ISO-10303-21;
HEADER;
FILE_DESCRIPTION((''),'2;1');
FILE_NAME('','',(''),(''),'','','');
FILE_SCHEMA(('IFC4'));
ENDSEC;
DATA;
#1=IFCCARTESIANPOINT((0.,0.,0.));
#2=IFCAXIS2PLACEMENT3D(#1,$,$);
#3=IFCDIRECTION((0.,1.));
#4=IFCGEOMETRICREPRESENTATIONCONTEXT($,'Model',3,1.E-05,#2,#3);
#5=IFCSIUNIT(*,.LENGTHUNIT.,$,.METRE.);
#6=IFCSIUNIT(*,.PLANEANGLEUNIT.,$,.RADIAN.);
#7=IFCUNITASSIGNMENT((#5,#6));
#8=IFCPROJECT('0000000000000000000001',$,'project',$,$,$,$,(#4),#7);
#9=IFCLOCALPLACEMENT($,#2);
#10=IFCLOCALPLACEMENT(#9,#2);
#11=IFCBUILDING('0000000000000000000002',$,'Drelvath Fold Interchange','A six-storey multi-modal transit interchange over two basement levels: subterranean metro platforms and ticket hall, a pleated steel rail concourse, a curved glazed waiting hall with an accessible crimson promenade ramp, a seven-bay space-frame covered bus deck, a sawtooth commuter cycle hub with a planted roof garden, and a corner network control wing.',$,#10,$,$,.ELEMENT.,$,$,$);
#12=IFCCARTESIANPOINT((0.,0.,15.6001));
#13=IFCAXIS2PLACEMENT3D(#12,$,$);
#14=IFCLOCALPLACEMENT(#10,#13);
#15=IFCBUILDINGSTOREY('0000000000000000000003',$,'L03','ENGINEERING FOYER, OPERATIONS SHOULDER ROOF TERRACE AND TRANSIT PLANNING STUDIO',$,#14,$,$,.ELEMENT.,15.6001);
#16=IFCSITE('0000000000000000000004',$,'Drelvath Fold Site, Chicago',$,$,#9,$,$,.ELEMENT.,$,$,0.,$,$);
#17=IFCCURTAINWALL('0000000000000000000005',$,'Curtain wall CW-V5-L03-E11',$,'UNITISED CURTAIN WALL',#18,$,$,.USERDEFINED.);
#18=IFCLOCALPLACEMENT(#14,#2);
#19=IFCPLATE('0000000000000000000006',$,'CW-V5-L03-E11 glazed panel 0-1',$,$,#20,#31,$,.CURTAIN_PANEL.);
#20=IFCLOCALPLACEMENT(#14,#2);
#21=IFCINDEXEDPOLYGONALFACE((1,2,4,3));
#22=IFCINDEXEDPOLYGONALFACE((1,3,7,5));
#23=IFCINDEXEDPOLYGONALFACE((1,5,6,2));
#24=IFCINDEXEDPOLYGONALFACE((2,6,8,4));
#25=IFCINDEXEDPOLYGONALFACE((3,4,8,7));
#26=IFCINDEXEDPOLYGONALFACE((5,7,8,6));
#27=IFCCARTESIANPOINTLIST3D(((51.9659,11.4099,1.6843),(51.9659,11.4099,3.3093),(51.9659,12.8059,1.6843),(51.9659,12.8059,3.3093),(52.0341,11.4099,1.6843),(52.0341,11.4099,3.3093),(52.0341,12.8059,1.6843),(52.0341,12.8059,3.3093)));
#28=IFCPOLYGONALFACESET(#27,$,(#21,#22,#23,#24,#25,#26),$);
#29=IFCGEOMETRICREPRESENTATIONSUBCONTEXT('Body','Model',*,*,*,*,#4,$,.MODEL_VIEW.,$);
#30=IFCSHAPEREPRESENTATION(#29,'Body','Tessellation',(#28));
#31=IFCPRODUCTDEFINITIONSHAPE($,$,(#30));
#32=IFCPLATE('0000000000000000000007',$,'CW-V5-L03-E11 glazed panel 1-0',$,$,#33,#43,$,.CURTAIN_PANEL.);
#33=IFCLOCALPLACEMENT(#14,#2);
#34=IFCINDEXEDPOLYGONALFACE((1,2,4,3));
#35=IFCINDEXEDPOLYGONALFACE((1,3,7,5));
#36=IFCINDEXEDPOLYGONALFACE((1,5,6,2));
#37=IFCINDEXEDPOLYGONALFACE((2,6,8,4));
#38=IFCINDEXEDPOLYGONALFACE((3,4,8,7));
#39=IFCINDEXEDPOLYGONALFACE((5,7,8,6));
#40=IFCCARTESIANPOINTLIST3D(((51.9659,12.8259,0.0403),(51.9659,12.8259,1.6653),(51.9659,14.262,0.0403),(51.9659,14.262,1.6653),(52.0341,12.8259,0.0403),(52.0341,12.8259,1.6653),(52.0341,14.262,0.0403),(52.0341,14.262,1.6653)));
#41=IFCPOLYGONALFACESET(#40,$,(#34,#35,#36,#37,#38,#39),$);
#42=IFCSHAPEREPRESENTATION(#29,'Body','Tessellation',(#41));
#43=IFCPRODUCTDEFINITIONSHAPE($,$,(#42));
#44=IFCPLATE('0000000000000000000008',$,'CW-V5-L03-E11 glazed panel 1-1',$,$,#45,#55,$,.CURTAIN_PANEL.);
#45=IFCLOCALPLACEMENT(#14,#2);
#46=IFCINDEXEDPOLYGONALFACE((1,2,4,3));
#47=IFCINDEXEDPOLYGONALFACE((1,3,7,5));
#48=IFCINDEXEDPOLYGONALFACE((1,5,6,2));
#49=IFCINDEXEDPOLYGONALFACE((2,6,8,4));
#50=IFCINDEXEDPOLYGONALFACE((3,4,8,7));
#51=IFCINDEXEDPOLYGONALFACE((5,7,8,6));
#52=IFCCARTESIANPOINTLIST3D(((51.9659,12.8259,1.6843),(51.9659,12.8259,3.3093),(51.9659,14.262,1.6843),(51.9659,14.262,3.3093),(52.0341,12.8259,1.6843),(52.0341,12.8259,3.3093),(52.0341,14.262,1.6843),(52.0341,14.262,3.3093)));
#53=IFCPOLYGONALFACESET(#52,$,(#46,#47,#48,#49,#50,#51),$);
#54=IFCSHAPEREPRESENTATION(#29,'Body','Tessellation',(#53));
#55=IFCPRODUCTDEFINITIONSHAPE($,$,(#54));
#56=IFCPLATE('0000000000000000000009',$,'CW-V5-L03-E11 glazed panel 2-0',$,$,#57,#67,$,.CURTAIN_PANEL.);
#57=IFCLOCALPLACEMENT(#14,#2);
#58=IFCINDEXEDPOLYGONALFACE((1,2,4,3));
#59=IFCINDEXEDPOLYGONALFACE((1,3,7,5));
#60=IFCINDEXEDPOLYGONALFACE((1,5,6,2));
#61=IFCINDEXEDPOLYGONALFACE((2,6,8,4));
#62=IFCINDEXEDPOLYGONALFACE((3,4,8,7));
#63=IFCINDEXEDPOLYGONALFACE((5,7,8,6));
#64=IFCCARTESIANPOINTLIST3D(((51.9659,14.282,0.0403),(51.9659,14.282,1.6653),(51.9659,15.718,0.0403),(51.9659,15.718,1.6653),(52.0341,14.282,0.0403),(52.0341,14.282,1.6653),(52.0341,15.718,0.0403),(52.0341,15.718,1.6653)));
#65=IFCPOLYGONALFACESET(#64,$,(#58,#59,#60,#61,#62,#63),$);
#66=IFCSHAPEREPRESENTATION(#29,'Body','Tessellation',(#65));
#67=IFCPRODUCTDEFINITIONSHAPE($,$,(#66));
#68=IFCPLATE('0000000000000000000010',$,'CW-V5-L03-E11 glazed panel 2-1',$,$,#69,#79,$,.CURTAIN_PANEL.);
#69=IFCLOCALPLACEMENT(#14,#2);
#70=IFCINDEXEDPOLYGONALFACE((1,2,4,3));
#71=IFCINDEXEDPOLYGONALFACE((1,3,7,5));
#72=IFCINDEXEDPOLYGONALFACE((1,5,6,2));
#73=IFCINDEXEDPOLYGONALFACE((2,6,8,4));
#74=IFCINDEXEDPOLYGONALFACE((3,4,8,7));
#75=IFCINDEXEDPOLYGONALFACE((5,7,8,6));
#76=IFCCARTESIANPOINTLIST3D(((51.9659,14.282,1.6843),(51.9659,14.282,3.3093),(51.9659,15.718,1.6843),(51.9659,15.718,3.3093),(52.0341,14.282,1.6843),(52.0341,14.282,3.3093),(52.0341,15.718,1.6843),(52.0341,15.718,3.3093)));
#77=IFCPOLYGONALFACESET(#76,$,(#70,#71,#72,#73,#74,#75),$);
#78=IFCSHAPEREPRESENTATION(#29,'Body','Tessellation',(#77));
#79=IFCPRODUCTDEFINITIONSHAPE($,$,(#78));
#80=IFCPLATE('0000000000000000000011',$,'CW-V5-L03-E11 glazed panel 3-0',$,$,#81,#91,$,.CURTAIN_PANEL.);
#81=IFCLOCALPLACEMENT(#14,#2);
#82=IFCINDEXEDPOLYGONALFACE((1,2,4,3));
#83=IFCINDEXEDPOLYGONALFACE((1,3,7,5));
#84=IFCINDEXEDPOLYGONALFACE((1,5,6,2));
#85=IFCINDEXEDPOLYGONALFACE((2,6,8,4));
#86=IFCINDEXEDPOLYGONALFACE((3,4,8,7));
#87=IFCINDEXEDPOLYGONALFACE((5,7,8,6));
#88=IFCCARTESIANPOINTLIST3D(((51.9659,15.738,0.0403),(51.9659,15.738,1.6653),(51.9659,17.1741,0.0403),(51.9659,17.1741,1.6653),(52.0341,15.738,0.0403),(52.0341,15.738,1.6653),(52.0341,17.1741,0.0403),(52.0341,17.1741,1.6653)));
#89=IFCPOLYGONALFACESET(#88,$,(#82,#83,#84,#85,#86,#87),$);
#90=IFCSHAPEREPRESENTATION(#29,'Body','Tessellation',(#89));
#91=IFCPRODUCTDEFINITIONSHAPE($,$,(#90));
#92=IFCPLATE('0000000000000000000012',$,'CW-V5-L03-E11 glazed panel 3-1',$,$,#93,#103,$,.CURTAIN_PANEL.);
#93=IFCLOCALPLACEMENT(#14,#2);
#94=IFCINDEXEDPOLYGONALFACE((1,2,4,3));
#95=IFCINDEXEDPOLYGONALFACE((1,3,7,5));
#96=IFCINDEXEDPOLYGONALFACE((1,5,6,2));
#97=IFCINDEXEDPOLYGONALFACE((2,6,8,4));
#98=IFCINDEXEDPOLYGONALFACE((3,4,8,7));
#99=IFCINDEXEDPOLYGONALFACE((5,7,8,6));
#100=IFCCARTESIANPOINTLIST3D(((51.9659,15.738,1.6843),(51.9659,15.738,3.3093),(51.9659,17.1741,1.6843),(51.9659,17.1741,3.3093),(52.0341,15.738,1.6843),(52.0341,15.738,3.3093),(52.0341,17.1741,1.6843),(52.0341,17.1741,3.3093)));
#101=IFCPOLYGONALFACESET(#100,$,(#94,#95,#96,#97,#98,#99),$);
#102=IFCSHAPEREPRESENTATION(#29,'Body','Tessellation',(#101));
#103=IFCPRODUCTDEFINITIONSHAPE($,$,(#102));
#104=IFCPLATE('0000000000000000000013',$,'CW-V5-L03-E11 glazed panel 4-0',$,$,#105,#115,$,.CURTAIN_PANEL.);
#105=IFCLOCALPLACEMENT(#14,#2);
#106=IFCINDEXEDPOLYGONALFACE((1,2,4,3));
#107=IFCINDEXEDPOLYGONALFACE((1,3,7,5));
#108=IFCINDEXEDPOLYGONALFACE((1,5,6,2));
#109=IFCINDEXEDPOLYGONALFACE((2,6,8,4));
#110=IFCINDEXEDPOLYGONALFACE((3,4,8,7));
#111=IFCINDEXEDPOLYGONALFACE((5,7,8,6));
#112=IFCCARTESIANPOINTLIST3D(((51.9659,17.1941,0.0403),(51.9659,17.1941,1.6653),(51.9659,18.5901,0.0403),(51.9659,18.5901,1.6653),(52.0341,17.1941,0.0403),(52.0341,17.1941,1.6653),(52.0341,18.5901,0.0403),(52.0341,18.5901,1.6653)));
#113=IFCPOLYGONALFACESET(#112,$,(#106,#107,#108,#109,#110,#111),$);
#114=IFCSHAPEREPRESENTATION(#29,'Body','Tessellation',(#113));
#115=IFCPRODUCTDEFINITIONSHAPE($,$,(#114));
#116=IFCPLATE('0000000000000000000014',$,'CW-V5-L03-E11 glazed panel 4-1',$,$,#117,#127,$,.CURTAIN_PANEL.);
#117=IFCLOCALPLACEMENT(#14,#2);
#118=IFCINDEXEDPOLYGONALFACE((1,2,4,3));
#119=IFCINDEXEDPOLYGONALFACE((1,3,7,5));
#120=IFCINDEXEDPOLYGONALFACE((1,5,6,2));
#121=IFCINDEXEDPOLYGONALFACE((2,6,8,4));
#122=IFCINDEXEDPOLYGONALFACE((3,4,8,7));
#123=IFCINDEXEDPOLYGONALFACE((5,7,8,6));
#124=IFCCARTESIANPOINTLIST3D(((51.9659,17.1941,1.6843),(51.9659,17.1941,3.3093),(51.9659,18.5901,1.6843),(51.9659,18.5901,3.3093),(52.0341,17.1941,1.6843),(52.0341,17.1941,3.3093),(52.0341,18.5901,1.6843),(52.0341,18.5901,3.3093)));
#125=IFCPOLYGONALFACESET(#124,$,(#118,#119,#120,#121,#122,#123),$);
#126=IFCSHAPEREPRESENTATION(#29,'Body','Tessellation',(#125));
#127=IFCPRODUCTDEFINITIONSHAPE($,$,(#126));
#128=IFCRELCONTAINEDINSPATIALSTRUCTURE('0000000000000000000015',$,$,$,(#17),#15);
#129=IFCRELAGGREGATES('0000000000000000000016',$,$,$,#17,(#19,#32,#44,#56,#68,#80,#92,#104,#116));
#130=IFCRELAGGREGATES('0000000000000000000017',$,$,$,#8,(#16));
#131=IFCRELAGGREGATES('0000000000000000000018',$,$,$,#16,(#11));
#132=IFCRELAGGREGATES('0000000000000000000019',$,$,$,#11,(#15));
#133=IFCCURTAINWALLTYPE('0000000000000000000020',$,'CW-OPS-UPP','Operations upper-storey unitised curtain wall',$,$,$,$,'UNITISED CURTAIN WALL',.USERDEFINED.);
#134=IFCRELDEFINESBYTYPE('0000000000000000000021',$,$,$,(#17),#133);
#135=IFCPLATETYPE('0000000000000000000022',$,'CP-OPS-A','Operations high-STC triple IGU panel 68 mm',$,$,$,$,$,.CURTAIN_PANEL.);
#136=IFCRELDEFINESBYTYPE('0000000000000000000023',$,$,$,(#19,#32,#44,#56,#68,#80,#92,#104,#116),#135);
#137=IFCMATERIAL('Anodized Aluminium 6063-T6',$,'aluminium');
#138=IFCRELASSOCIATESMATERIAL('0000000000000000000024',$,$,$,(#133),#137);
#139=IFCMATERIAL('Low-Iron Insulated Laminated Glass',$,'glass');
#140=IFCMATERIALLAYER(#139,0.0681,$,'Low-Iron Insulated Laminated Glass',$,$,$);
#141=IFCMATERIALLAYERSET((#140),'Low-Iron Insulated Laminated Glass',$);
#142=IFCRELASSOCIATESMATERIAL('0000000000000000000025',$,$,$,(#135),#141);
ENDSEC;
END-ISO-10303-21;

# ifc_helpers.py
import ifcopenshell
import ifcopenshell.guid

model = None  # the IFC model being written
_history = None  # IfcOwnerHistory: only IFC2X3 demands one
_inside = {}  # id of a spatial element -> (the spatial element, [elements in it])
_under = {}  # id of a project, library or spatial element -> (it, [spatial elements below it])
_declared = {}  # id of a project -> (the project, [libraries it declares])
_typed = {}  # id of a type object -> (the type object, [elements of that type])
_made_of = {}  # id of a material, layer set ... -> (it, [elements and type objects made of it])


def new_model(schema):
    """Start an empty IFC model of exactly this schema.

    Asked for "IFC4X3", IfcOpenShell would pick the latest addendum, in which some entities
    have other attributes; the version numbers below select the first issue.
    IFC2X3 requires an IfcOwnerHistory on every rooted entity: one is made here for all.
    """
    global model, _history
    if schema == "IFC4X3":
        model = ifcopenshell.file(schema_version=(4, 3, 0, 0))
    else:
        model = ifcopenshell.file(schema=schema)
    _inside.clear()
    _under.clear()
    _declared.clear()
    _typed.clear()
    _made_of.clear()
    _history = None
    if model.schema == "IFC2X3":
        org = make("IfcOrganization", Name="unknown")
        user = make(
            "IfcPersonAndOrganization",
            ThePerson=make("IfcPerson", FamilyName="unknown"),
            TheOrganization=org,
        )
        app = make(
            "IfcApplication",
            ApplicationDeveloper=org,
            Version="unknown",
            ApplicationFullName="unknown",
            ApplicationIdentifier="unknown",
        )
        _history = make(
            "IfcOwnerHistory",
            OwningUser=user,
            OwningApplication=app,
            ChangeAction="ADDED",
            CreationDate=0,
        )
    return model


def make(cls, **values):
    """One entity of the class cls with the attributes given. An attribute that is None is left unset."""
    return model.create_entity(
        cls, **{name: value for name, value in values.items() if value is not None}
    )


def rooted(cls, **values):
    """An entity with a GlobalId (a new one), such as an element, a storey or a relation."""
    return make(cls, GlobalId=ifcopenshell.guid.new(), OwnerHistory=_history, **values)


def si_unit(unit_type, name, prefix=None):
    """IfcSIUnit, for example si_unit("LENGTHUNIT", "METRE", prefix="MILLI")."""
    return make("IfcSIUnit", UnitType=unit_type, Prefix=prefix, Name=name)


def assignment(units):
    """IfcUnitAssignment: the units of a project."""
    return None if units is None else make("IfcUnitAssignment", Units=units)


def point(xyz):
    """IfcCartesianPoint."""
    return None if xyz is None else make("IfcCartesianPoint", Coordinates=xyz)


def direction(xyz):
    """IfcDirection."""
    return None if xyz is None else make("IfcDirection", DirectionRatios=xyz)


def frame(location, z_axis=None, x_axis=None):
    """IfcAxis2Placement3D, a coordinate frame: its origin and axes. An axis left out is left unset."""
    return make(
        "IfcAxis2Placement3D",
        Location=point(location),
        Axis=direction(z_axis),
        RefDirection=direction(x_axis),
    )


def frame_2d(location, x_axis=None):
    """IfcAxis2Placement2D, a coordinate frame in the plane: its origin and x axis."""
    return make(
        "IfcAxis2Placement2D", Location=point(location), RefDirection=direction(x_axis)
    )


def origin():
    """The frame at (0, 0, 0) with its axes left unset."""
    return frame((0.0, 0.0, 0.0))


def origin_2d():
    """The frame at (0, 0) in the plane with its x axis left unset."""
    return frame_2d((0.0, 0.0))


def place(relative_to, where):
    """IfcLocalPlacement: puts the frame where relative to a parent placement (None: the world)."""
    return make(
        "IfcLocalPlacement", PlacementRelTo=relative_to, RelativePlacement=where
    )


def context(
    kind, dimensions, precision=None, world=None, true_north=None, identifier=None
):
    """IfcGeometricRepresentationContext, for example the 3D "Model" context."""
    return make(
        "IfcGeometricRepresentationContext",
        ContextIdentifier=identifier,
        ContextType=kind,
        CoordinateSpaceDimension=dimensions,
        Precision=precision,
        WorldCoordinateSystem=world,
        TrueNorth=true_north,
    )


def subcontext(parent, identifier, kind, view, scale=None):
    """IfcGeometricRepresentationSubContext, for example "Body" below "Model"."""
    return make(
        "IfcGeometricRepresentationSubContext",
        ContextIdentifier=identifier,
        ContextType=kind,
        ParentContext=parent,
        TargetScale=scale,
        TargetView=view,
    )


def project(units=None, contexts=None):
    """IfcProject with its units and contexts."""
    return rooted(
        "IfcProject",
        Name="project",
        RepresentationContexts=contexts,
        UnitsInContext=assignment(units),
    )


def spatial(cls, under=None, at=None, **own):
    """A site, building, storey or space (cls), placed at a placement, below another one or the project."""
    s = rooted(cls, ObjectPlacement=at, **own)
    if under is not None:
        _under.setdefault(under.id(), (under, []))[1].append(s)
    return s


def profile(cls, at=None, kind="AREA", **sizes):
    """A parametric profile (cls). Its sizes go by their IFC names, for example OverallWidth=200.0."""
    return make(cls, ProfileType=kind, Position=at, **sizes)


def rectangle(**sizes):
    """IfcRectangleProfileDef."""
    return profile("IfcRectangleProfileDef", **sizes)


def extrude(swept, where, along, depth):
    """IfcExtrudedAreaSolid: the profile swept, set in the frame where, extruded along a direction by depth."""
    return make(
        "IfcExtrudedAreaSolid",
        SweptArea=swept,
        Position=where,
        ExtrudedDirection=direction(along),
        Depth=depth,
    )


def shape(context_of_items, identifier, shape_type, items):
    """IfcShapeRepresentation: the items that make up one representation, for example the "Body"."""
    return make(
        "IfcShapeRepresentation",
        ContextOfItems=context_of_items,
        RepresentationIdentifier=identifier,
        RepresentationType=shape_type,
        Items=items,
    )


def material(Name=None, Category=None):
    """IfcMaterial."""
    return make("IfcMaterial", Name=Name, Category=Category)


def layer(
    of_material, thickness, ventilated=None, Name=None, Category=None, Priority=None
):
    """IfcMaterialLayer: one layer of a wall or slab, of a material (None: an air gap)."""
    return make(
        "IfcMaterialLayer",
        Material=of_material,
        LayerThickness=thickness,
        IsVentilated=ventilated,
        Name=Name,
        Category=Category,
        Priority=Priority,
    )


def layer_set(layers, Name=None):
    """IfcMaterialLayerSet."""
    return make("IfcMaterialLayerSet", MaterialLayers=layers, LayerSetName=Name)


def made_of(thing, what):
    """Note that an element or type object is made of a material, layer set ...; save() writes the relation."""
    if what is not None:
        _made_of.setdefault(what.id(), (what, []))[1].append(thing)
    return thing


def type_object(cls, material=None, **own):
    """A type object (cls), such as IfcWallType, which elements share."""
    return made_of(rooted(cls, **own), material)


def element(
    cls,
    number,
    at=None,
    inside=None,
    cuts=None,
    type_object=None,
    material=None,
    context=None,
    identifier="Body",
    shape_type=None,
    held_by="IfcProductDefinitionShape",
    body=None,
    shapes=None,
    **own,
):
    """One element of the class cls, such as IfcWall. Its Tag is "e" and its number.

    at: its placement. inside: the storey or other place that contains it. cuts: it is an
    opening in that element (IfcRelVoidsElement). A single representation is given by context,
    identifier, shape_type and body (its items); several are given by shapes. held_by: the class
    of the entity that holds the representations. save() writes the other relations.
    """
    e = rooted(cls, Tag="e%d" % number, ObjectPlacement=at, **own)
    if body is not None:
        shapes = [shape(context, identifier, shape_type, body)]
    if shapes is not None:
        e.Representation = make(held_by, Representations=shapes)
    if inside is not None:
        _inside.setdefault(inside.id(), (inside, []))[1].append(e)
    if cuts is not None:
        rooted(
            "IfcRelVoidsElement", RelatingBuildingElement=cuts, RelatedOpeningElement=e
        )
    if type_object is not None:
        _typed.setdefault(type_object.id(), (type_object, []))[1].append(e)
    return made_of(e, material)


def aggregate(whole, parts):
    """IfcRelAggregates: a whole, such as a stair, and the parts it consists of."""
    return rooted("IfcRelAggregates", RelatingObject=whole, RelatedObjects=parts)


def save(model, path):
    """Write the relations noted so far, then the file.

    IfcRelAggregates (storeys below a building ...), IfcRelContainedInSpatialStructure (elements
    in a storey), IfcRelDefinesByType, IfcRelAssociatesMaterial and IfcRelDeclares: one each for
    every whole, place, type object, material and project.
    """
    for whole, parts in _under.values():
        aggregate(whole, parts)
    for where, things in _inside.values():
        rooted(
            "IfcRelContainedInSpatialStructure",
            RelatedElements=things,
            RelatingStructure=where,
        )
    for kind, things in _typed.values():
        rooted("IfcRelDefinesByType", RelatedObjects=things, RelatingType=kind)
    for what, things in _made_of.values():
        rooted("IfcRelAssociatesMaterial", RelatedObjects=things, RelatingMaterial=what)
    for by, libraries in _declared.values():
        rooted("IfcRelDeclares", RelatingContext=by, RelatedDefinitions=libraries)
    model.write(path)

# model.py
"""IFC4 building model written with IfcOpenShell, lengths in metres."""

from ifc_helpers import new_model, si_unit, direction, frame, origin, origin_2d, place, context, subcontext, project, spatial, rectangle, extrude, material, layer, layer_set, type_object, element, aggregate, save


model = new_model("IFC4")

# Units and contexts
model_context = context("Model", 3, precision=1e-05, world=origin(), true_north=direction((0.0, 1.0)))
body_context = subcontext(model_context, "Body", "Model", "MODEL_VIEW")
ifc_project = project(units=[si_unit("LENGTHUNIT", "METRE"), si_unit("PLANEANGLEUNIT", "RADIAN")], contexts=[model_context])

# Site, building, storey
site_placement = place(None, origin())
site = spatial("IfcSite", under=ifc_project, at=site_placement, Name="Drelvath Fold Site, Chicago", CompositionType="ELEMENT", RefElevation=0.0)
building_placement = place(site_placement, origin())
building = spatial("IfcBuilding", under=site, at=building_placement, Name="Drelvath Fold Interchange", Description="A six-storey multi-modal transit interchange over two basement levels: subterranean metro platforms and ticket hall, a pleated steel rail concourse, a curved glazed waiting hall with an accessible crimson promenade ramp, a seven-bay space-frame covered bus deck, a sawtooth commuter cycle hub with a planted roof garden, and a corner network control wing.", CompositionType="ELEMENT")
storey_placement = place(building_placement, frame((0.0, 0.0, 15.6001)))
storey = spatial("IfcBuildingStorey", under=building, at=storey_placement, Name="L03", Description="ENGINEERING FOYER, OPERATIONS SHOULDER ROOF TERRACE AND TRANSIT PLANNING STUDIO", CompositionType="ELEMENT", Elevation=15.6001)

# Curtain wall
ifc_material_1 = material(Name="Anodized Aluminium 6063-T6", Category="aluminium")
curtain_wall_type = type_object("IfcCurtainWallType", Name="CW-OPS-UPP", Description="Operations upper-storey unitised curtain wall", ElementType="UNITISED CURTAIN WALL", PredefinedType="USERDEFINED", material=ifc_material_1)
curtain_wall_1_placement = place(storey_placement, origin())
curtain_wall_1 = element("IfcCurtainWall", 1, at=curtain_wall_1_placement, inside=storey, type_object=curtain_wall_type, Name="Curtain wall CW-V5-L03-E11", ObjectType="UNITISED CURTAIN WALL", PredefinedType="USERDEFINED")

# Plates
ifc_material_2 = material(Name="Low-Iron Insulated Laminated Glass", Category="glass")
ifc_layer = layer(ifc_material_2, 0.0681, Name="Low-Iron Insulated Laminated Glass")
ifc_layer_set = layer_set([ifc_layer], Name="Low-Iron Insulated Laminated Glass")
plate_type = type_object("IfcPlateType", Name="CP-OPS-A", Description="Operations high-STC triple IGU panel 68 mm", PredefinedType="CURTAIN_PANEL", material=ifc_layer_set)
plate_1_placement = place(storey_placement, frame((52.0, 12.1079, 1.6843), z_axis=(0.0, 0.0, 1.0), x_axis=(0.0, 1.0, 0.0)))
plate_1 = element("IfcPlate", 2, at=plate_1_placement, type_object=plate_type, Name="CW-V5-L03-E11 glazed panel 0-1", PredefinedType="CURTAIN_PANEL", context=body_context, shape_type="SweptSolid", body=[
    extrude(rectangle(XDim=1.396, YDim=0.0681, at=origin_2d()), origin(), (0.0, 0.0, 1.0), 1.625),
])
plate_2_placement = place(storey_placement, frame((52.0, 13.5439, 0.0403), z_axis=(0.0, 0.0, 1.0), x_axis=(0.0, 1.0, 0.0)))
plate_2 = element("IfcPlate", 3, at=plate_2_placement, type_object=plate_type, Name="CW-V5-L03-E11 glazed panel 1-0", PredefinedType="CURTAIN_PANEL", context=body_context, shape_type="SweptSolid", body=[
    extrude(rectangle(XDim=1.436, YDim=0.0681, at=origin_2d()), origin(), (0.0, 0.0, 1.0), 1.625),
])
plate_3_placement = place(storey_placement, frame((52.0, 13.5439, 1.6843), z_axis=(0.0, 0.0, 1.0), x_axis=(0.0, 1.0, 0.0)))
plate_3 = element("IfcPlate", 4, at=plate_3_placement, type_object=plate_type, Name="CW-V5-L03-E11 glazed panel 1-1", PredefinedType="CURTAIN_PANEL", context=body_context, shape_type="SweptSolid", body=[
    extrude(rectangle(XDim=1.436, YDim=0.0681, at=origin_2d()), origin(), (0.0, 0.0, 1.0), 1.625),
])
plate_4_placement = place(storey_placement, frame((52.0, 15.0, 0.0403), z_axis=(0.0, 0.0, 1.0), x_axis=(0.0, 1.0, 0.0)))
plate_4 = element("IfcPlate", 5, at=plate_4_placement, type_object=plate_type, Name="CW-V5-L03-E11 glazed panel 2-0", PredefinedType="CURTAIN_PANEL", context=body_context, shape_type="SweptSolid", body=[
    extrude(rectangle(XDim=1.436, YDim=0.0681, at=origin_2d()), origin(), (0.0, 0.0, 1.0), 1.625),
])
plate_5_placement = place(storey_placement, frame((52.0, 15.0, 1.6843), z_axis=(0.0, 0.0, 1.0), x_axis=(0.0, 1.0, 0.0)))
plate_5 = element("IfcPlate", 6, at=plate_5_placement, type_object=plate_type, Name="CW-V5-L03-E11 glazed panel 2-1", PredefinedType="CURTAIN_PANEL", context=body_context, shape_type="SweptSolid", body=[
    extrude(rectangle(XDim=1.436, YDim=0.0681, at=origin_2d()), origin(), (0.0, 0.0, 1.0), 1.625),
])
plate_6_placement = place(storey_placement, frame((52.0, 16.4561, 0.0403), z_axis=(0.0, 0.0, 1.0), x_axis=(0.0, 1.0, 0.0)))
plate_6 = element("IfcPlate", 7, at=plate_6_placement, type_object=plate_type, Name="CW-V5-L03-E11 glazed panel 3-0", PredefinedType="CURTAIN_PANEL", context=body_context, shape_type="SweptSolid", body=[
    extrude(rectangle(XDim=1.436, YDim=0.0681, at=origin_2d()), origin(), (0.0, 0.0, 1.0), 1.625),
])
plate_7_placement = place(storey_placement, frame((52.0, 16.4561, 1.6843), z_axis=(0.0, 0.0, 1.0), x_axis=(0.0, 1.0, 0.0)))
plate_7 = element("IfcPlate", 8, at=plate_7_placement, type_object=plate_type, Name="CW-V5-L03-E11 glazed panel 3-1", PredefinedType="CURTAIN_PANEL", context=body_context, shape_type="SweptSolid", body=[
    extrude(rectangle(XDim=1.436, YDim=0.0681, at=origin_2d()), origin(), (0.0, 0.0, 1.0), 1.625),
])
plate_8_placement = place(storey_placement, frame((52.0, 17.8921, 0.0403), z_axis=(0.0, 0.0, 1.0), x_axis=(0.0, 1.0, 0.0)))
plate_8 = element("IfcPlate", 9, at=plate_8_placement, type_object=plate_type, Name="CW-V5-L03-E11 glazed panel 4-0", PredefinedType="CURTAIN_PANEL", context=body_context, shape_type="SweptSolid", body=[
    extrude(rectangle(XDim=1.396, YDim=0.0681, at=origin_2d()), origin(), (0.0, 0.0, 1.0), 1.625),
])
plate_9_placement = place(storey_placement, frame((52.0, 17.8921, 1.6843), z_axis=(0.0, 0.0, 1.0), x_axis=(0.0, 1.0, 0.0)))
plate_9 = element("IfcPlate", 10, at=plate_9_placement, type_object=plate_type, Name="CW-V5-L03-E11 glazed panel 4-1", PredefinedType="CURTAIN_PANEL", context=body_context, shape_type="SweptSolid", body=[
    extrude(rectangle(XDim=1.396, YDim=0.0681, at=origin_2d()), origin(), (0.0, 0.0, 1.0), 1.625),
])
aggregate(curtain_wall_1, [plate_1, plate_2, plate_3, plate_4, plate_5, plate_6, plate_7, plate_8, plate_9])

save(model, "model.ifc")
